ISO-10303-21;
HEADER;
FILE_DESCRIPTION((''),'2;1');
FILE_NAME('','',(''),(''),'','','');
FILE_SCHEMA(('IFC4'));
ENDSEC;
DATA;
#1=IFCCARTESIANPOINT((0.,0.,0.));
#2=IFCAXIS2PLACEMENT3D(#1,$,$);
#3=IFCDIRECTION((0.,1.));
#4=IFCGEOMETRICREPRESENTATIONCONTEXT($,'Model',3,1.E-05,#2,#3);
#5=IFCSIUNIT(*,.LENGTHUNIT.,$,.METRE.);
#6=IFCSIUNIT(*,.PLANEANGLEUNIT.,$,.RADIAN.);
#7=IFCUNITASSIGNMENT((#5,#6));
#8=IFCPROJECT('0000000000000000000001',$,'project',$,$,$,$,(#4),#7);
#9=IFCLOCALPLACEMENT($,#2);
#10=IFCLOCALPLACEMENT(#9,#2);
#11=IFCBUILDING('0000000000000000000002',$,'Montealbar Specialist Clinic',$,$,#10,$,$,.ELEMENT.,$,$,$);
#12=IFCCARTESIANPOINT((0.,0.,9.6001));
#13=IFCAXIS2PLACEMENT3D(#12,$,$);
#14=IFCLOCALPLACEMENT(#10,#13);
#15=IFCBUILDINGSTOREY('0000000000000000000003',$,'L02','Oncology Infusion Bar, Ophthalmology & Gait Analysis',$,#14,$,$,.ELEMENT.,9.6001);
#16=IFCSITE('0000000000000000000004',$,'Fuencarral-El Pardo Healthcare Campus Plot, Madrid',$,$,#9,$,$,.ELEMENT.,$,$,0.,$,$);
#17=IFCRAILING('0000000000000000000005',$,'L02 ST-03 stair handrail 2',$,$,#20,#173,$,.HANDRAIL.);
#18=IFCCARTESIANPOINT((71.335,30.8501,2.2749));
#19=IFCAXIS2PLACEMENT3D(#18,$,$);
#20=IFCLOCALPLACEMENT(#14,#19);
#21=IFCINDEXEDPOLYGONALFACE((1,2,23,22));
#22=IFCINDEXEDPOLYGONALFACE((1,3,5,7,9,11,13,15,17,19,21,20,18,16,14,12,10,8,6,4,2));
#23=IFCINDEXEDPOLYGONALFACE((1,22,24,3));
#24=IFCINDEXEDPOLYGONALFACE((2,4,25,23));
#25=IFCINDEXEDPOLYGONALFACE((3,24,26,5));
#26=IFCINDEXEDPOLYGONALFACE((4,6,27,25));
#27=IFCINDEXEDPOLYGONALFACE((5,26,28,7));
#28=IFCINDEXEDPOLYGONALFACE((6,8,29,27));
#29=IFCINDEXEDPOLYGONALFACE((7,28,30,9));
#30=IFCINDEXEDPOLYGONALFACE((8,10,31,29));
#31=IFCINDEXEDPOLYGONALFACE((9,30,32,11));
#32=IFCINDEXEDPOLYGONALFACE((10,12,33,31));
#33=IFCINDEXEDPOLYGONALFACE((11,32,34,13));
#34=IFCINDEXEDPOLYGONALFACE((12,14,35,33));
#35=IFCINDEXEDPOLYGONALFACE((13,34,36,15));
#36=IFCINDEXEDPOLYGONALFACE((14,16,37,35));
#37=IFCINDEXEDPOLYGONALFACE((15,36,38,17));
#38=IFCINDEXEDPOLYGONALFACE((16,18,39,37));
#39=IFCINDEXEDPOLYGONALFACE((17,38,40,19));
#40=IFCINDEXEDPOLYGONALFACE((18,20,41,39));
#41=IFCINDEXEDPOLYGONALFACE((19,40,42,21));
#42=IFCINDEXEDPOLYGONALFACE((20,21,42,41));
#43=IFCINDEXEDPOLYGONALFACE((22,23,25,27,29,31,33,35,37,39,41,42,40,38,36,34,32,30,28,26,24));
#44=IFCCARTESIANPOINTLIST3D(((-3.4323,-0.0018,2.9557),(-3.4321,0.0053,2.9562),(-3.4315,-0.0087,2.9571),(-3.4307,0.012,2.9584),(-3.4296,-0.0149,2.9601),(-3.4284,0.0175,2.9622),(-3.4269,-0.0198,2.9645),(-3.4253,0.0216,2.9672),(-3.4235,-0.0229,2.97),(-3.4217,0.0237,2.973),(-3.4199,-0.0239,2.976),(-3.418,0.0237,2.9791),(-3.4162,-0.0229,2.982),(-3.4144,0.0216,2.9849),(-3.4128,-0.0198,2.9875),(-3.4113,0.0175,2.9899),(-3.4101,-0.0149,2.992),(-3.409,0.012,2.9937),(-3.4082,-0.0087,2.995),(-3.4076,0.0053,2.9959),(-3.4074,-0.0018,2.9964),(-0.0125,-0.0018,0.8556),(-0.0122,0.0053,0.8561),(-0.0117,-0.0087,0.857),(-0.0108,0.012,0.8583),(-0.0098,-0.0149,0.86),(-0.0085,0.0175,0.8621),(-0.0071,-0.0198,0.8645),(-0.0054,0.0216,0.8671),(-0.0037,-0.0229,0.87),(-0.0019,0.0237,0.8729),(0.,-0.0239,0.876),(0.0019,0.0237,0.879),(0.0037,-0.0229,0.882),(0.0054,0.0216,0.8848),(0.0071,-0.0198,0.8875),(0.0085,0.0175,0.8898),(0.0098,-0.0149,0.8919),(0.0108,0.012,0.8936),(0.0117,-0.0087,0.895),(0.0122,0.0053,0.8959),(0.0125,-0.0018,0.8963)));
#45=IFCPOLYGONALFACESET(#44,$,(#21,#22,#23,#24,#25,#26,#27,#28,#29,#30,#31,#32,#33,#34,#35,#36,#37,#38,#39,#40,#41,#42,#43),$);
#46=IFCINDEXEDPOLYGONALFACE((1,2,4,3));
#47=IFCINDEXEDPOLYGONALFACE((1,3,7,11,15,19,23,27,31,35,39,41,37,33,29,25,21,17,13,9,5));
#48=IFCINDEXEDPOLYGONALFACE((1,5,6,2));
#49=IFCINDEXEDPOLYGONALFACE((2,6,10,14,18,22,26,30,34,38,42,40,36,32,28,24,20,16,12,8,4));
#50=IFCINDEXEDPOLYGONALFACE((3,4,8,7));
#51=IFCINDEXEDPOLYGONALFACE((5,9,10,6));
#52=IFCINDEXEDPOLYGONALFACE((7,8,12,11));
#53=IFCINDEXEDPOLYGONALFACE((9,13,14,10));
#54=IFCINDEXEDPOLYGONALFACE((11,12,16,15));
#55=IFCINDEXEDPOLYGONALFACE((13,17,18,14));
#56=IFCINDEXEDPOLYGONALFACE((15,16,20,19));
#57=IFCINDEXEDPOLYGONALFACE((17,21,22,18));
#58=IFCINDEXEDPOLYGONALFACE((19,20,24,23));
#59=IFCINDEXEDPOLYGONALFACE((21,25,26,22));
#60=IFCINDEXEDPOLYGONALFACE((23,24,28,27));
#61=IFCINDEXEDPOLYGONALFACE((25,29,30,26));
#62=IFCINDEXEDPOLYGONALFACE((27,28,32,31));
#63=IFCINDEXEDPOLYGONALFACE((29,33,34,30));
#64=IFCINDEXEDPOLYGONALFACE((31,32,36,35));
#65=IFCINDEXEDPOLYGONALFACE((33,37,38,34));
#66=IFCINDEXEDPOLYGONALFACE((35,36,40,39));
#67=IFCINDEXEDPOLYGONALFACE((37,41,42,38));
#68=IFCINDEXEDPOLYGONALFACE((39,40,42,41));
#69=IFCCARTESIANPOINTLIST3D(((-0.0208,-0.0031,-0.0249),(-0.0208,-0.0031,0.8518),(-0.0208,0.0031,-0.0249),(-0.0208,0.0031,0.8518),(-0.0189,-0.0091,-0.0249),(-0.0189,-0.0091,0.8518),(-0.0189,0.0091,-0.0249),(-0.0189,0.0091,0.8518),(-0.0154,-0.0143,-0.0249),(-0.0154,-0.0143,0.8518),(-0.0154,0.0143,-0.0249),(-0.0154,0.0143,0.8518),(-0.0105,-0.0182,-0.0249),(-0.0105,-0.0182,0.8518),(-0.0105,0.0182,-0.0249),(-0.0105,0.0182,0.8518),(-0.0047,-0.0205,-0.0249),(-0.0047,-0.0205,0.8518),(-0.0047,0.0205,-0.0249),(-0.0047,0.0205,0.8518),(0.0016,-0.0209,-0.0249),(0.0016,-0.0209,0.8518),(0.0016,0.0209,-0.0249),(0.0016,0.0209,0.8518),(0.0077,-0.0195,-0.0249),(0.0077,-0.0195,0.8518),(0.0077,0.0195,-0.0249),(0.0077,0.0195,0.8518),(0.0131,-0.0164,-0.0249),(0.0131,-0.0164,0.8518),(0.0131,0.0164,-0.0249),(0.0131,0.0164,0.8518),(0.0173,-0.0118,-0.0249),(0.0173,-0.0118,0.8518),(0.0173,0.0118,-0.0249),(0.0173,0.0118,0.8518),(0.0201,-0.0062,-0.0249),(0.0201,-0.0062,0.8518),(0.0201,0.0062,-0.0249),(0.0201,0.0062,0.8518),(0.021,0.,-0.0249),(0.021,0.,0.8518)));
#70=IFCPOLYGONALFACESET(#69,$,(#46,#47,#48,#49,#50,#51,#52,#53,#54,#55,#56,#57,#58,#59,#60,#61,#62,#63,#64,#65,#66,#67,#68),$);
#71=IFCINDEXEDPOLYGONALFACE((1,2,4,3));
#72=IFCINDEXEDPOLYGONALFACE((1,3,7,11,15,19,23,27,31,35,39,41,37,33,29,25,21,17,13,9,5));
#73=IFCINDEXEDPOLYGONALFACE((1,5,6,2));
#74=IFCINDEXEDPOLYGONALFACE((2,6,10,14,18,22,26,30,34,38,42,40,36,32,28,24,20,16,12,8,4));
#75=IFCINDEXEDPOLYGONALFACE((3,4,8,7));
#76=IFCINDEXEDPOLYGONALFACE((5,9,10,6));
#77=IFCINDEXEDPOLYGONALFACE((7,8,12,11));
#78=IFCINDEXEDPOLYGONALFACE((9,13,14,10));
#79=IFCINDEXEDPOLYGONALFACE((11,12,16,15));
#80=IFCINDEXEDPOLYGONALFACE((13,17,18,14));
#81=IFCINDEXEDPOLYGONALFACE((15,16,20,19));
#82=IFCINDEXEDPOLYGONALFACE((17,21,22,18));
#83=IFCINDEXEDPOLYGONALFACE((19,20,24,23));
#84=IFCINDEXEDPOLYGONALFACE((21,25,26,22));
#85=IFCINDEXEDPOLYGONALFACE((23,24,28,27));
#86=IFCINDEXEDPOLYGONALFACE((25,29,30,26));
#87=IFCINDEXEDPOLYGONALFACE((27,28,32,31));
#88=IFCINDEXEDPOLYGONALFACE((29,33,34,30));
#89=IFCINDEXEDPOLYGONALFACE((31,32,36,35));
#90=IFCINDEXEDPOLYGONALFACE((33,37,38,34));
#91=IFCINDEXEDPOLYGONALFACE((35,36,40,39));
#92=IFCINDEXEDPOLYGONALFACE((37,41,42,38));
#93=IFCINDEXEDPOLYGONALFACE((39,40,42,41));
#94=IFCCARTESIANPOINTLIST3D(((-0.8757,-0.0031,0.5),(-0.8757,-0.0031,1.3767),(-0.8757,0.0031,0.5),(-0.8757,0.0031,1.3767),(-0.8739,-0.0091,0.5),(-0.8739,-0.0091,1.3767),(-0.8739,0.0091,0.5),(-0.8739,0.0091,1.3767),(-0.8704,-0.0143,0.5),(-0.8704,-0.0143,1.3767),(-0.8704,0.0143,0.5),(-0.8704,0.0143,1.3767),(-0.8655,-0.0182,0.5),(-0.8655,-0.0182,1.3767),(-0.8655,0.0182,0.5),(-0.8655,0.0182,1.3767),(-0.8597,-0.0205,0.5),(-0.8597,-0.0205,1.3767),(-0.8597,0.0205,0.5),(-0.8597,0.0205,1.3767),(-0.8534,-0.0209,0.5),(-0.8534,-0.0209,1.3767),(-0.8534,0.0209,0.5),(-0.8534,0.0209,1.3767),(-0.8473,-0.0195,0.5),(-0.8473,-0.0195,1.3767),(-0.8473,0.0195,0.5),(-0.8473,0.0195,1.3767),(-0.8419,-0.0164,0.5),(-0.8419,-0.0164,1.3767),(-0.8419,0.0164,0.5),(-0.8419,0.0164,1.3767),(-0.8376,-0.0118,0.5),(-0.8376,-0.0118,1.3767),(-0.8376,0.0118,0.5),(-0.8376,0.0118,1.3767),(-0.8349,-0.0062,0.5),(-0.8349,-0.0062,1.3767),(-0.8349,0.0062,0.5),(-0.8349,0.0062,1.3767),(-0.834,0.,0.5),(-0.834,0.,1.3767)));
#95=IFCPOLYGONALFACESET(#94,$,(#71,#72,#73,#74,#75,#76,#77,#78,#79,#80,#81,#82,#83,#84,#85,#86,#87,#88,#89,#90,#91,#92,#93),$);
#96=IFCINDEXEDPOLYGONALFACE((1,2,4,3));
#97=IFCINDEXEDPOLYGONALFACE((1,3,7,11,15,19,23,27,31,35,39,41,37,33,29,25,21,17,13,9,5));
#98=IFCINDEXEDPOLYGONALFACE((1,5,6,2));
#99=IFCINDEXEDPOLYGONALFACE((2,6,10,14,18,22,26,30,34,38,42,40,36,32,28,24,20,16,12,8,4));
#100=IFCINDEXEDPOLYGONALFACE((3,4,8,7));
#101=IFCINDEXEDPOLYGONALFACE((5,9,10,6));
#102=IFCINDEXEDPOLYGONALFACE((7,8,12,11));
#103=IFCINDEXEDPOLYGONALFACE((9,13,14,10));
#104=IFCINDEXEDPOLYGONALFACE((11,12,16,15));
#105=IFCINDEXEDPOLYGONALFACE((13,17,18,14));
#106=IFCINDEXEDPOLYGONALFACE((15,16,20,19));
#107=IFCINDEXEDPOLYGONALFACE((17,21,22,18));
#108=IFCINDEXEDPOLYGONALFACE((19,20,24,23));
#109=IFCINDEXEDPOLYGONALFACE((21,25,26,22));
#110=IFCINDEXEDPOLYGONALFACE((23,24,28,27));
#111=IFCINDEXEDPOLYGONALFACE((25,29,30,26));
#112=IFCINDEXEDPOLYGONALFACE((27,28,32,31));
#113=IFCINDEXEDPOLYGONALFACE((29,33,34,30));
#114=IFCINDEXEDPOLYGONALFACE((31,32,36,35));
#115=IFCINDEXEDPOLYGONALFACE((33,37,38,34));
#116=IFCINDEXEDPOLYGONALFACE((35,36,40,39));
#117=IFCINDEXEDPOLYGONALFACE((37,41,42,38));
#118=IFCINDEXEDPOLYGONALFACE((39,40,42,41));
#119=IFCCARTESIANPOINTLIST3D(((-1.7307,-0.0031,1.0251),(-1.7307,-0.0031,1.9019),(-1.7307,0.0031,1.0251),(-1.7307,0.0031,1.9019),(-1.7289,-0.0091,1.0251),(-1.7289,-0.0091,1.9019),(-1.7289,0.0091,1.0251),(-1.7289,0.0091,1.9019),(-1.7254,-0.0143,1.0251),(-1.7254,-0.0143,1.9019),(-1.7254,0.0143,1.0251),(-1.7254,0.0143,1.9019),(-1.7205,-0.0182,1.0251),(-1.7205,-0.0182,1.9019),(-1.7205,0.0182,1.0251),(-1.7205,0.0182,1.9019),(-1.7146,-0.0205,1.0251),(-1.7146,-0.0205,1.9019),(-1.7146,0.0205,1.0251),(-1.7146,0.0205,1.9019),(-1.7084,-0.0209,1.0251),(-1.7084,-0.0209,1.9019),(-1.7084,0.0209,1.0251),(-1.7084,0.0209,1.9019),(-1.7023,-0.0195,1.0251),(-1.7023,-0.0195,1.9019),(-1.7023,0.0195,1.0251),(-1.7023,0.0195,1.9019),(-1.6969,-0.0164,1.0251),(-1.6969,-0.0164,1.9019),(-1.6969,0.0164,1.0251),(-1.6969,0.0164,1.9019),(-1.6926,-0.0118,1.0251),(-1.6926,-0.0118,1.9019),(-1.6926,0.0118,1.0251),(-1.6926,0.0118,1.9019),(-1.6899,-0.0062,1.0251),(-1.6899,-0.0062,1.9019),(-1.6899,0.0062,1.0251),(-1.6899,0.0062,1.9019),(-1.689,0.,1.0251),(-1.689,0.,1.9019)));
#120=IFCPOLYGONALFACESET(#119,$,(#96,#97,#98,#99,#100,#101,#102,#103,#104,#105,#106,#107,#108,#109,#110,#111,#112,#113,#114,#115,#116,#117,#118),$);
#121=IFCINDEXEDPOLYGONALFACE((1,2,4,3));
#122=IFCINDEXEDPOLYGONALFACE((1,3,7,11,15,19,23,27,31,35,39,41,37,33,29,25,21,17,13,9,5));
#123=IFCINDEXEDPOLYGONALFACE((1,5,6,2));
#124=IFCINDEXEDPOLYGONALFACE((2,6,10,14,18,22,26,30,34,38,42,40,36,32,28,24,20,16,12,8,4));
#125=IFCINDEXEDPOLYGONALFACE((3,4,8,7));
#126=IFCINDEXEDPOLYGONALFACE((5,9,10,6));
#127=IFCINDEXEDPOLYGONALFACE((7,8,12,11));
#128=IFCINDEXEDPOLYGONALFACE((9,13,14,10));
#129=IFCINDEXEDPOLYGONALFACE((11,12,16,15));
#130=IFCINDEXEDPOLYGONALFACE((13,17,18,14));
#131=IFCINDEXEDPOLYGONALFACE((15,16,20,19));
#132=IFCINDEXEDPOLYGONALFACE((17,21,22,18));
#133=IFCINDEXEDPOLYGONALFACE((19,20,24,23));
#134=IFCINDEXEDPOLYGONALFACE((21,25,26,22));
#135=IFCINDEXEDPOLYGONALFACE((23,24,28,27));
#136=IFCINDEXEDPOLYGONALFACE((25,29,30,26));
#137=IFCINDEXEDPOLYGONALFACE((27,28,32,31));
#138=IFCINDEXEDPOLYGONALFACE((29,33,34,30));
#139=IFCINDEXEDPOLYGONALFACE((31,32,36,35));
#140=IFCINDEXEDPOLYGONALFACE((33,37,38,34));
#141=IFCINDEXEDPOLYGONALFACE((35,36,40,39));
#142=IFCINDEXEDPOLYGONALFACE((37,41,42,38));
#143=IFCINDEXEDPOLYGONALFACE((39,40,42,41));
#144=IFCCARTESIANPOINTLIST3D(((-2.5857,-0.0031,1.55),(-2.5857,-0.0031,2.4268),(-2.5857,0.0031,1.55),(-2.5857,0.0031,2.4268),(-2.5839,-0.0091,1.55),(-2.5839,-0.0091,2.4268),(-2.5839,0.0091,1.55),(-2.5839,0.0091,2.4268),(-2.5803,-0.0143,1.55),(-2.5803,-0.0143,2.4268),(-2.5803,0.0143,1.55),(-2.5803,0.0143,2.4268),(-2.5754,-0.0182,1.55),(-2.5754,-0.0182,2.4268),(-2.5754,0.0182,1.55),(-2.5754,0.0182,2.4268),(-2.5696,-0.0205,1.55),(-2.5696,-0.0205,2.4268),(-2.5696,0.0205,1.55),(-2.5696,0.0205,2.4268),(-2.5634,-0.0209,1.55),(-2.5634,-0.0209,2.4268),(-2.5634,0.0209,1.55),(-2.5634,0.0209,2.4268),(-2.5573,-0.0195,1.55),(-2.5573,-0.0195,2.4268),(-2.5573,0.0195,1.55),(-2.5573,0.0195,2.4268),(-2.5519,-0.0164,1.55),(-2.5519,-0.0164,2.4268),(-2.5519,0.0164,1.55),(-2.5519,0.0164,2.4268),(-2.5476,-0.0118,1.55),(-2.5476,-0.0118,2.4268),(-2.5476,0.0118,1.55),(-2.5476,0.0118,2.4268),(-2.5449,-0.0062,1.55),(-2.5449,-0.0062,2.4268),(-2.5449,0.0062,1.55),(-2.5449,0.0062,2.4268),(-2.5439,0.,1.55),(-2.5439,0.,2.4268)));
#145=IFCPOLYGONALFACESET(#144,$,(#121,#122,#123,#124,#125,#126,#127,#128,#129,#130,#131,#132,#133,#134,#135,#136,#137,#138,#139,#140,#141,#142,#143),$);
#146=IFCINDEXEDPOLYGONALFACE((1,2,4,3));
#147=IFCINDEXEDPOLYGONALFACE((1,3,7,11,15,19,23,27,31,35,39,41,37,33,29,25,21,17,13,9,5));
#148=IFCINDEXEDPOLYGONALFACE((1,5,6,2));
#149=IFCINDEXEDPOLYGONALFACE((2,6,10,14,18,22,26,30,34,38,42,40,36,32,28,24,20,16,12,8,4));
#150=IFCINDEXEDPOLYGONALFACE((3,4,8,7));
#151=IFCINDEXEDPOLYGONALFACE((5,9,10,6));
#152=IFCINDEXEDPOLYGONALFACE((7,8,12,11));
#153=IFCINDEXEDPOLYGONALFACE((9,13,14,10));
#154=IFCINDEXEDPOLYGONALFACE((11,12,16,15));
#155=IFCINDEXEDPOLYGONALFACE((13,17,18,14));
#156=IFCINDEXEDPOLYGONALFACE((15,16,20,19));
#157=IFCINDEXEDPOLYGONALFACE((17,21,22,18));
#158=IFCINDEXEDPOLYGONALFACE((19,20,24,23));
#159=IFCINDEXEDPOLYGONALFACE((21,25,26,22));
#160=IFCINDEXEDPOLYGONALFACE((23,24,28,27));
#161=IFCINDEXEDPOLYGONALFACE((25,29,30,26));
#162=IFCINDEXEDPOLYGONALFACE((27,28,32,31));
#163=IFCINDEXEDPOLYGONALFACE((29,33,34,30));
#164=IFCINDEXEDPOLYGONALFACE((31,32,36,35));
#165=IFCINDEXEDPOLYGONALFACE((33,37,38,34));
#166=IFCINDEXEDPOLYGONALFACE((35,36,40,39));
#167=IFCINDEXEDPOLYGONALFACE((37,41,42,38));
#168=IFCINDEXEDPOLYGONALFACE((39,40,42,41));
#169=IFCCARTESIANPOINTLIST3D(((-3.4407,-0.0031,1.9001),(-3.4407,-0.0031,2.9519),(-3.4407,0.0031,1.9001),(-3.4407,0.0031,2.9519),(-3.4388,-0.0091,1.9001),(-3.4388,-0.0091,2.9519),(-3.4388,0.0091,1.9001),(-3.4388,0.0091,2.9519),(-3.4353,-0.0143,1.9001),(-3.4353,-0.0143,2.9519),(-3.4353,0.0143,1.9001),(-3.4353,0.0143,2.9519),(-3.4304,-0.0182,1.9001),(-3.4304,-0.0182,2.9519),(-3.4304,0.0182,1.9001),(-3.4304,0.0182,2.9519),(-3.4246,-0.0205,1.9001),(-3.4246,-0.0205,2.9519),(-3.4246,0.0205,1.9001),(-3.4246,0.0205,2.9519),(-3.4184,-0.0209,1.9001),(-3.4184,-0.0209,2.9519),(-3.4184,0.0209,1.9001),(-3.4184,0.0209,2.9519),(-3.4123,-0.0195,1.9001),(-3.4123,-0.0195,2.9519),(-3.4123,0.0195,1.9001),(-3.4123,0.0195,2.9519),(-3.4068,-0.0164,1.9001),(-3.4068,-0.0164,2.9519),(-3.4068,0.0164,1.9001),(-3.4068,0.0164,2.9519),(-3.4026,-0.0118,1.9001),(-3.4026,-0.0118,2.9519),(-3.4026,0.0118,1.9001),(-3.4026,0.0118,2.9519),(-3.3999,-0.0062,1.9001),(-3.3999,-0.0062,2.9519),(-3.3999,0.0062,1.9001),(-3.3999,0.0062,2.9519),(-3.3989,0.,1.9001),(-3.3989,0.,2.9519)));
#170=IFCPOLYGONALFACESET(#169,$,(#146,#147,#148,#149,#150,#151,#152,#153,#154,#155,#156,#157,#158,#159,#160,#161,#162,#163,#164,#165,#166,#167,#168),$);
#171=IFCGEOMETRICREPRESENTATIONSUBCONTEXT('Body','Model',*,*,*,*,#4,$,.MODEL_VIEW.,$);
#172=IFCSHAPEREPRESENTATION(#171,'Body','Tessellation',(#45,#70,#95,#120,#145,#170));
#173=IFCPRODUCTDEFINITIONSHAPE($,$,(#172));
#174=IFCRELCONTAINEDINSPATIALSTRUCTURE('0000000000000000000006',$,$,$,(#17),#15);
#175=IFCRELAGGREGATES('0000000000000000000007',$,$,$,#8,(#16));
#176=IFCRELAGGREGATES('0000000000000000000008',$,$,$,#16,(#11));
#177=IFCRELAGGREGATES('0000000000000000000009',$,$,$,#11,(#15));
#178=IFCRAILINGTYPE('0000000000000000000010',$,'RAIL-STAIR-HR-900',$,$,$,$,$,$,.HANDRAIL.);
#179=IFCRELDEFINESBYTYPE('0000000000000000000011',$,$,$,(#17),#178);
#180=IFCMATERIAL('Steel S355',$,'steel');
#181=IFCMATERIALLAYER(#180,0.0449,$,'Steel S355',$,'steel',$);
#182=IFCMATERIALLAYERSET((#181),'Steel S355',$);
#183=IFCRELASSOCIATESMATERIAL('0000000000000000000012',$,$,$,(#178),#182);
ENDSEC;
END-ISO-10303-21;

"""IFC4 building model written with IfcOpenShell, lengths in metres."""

from ifc_helpers import new_model, si_unit, direction, frame, origin, origin_2d, place, context, subcontext, project, spatial, circle, extrude, material, layer, layer_set, type_object, element, save


model = new_model("IFC4")

# Units and contexts
model_context = context("Model", 3, precision=1e-05, world=origin(), true_north=direction((0.0, 1.0)))
body_context = subcontext(model_context, "Body", "Model", "MODEL_VIEW")
ifc_project = project(units=[si_unit("LENGTHUNIT", "METRE"), si_unit("PLANEANGLEUNIT", "RADIAN")], contexts=[model_context])

# Site, building, storey
site_placement = place(None, origin())
site = spatial("IfcSite", under=ifc_project, at=site_placement, Name="Fuencarral-El Pardo Healthcare Campus Plot, Madrid", CompositionType="ELEMENT", RefElevation=0.0)
building_placement = place(site_placement, origin())
building = spatial("IfcBuilding", under=site, at=building_placement, Name="Montealbar Specialist Clinic", CompositionType="ELEMENT")
storey_placement = place(building_placement, frame((0.0, 0.0, 9.6001)))
storey = spatial("IfcBuildingStorey", under=building, at=storey_placement, Name="L02", Description="Oncology Infusion Bar, Ophthalmology & Gait Analysis", CompositionType="ELEMENT", Elevation=9.6001)

# Shared definitions
ifc_material_1 = material(Name="Steel S355", Category="steel")

# Railing
ifc_layer_1 = layer(ifc_material_1, 0.0449, Name="Steel S355", Category="steel")
ifc_layer_set_1 = layer_set([ifc_layer_1], Name="Steel S355")
railing_type_1 = type_object("IfcRailingType", Name="RAIL-STAIR-HR-900", PredefinedType="HANDRAIL", material=ifc_layer_set_1)
railing_1_placement = place(storey_placement, frame((71.335, 30.8501, 2.2749)))
element("IfcRailing", 1, at=railing_1_placement, inside=storey, type_object=railing_type_1, Name="L02 ST-03 stair handrail 2", PredefinedType="HANDRAIL", context=body_context, shape_type="SweptSolid", body=[
    extrude(circle(Radius=0.0239, at=origin_2d()), frame((0.0, 0.0, 0.876), z_axis=(-0.852155, 0.0, 0.523289), x_axis=(0.0, -1.0, 0.0)), (0.0, 0.0, 1.0), 4.0132),
    extrude(circle(Radius=0.021, at=origin_2d()), frame((0.0, 0.0, -0.0249)), (0.0, 0.0, 1.0), 0.8767),
    extrude(circle(Radius=0.021, at=origin_2d()), frame((-0.855, 0.0, 0.5)), (0.0, 0.0, 1.0), 0.8767),
    extrude(circle(Radius=0.021, at=origin_2d()), frame((-1.71, 0.0, 1.0251)), (0.0, 0.0, 1.0), 0.8767),
    extrude(circle(Radius=0.021, at=origin_2d()), frame((-2.5649, 0.0, 1.55)), (0.0, 0.0, 1.0), 0.8767),
    extrude(circle(Radius=0.021, at=origin_2d()), frame((-3.4199, 0.0, 1.9001)), (0.0, 0.0, 1.0), 1.0518),
])

save(model, "model.ifc")
